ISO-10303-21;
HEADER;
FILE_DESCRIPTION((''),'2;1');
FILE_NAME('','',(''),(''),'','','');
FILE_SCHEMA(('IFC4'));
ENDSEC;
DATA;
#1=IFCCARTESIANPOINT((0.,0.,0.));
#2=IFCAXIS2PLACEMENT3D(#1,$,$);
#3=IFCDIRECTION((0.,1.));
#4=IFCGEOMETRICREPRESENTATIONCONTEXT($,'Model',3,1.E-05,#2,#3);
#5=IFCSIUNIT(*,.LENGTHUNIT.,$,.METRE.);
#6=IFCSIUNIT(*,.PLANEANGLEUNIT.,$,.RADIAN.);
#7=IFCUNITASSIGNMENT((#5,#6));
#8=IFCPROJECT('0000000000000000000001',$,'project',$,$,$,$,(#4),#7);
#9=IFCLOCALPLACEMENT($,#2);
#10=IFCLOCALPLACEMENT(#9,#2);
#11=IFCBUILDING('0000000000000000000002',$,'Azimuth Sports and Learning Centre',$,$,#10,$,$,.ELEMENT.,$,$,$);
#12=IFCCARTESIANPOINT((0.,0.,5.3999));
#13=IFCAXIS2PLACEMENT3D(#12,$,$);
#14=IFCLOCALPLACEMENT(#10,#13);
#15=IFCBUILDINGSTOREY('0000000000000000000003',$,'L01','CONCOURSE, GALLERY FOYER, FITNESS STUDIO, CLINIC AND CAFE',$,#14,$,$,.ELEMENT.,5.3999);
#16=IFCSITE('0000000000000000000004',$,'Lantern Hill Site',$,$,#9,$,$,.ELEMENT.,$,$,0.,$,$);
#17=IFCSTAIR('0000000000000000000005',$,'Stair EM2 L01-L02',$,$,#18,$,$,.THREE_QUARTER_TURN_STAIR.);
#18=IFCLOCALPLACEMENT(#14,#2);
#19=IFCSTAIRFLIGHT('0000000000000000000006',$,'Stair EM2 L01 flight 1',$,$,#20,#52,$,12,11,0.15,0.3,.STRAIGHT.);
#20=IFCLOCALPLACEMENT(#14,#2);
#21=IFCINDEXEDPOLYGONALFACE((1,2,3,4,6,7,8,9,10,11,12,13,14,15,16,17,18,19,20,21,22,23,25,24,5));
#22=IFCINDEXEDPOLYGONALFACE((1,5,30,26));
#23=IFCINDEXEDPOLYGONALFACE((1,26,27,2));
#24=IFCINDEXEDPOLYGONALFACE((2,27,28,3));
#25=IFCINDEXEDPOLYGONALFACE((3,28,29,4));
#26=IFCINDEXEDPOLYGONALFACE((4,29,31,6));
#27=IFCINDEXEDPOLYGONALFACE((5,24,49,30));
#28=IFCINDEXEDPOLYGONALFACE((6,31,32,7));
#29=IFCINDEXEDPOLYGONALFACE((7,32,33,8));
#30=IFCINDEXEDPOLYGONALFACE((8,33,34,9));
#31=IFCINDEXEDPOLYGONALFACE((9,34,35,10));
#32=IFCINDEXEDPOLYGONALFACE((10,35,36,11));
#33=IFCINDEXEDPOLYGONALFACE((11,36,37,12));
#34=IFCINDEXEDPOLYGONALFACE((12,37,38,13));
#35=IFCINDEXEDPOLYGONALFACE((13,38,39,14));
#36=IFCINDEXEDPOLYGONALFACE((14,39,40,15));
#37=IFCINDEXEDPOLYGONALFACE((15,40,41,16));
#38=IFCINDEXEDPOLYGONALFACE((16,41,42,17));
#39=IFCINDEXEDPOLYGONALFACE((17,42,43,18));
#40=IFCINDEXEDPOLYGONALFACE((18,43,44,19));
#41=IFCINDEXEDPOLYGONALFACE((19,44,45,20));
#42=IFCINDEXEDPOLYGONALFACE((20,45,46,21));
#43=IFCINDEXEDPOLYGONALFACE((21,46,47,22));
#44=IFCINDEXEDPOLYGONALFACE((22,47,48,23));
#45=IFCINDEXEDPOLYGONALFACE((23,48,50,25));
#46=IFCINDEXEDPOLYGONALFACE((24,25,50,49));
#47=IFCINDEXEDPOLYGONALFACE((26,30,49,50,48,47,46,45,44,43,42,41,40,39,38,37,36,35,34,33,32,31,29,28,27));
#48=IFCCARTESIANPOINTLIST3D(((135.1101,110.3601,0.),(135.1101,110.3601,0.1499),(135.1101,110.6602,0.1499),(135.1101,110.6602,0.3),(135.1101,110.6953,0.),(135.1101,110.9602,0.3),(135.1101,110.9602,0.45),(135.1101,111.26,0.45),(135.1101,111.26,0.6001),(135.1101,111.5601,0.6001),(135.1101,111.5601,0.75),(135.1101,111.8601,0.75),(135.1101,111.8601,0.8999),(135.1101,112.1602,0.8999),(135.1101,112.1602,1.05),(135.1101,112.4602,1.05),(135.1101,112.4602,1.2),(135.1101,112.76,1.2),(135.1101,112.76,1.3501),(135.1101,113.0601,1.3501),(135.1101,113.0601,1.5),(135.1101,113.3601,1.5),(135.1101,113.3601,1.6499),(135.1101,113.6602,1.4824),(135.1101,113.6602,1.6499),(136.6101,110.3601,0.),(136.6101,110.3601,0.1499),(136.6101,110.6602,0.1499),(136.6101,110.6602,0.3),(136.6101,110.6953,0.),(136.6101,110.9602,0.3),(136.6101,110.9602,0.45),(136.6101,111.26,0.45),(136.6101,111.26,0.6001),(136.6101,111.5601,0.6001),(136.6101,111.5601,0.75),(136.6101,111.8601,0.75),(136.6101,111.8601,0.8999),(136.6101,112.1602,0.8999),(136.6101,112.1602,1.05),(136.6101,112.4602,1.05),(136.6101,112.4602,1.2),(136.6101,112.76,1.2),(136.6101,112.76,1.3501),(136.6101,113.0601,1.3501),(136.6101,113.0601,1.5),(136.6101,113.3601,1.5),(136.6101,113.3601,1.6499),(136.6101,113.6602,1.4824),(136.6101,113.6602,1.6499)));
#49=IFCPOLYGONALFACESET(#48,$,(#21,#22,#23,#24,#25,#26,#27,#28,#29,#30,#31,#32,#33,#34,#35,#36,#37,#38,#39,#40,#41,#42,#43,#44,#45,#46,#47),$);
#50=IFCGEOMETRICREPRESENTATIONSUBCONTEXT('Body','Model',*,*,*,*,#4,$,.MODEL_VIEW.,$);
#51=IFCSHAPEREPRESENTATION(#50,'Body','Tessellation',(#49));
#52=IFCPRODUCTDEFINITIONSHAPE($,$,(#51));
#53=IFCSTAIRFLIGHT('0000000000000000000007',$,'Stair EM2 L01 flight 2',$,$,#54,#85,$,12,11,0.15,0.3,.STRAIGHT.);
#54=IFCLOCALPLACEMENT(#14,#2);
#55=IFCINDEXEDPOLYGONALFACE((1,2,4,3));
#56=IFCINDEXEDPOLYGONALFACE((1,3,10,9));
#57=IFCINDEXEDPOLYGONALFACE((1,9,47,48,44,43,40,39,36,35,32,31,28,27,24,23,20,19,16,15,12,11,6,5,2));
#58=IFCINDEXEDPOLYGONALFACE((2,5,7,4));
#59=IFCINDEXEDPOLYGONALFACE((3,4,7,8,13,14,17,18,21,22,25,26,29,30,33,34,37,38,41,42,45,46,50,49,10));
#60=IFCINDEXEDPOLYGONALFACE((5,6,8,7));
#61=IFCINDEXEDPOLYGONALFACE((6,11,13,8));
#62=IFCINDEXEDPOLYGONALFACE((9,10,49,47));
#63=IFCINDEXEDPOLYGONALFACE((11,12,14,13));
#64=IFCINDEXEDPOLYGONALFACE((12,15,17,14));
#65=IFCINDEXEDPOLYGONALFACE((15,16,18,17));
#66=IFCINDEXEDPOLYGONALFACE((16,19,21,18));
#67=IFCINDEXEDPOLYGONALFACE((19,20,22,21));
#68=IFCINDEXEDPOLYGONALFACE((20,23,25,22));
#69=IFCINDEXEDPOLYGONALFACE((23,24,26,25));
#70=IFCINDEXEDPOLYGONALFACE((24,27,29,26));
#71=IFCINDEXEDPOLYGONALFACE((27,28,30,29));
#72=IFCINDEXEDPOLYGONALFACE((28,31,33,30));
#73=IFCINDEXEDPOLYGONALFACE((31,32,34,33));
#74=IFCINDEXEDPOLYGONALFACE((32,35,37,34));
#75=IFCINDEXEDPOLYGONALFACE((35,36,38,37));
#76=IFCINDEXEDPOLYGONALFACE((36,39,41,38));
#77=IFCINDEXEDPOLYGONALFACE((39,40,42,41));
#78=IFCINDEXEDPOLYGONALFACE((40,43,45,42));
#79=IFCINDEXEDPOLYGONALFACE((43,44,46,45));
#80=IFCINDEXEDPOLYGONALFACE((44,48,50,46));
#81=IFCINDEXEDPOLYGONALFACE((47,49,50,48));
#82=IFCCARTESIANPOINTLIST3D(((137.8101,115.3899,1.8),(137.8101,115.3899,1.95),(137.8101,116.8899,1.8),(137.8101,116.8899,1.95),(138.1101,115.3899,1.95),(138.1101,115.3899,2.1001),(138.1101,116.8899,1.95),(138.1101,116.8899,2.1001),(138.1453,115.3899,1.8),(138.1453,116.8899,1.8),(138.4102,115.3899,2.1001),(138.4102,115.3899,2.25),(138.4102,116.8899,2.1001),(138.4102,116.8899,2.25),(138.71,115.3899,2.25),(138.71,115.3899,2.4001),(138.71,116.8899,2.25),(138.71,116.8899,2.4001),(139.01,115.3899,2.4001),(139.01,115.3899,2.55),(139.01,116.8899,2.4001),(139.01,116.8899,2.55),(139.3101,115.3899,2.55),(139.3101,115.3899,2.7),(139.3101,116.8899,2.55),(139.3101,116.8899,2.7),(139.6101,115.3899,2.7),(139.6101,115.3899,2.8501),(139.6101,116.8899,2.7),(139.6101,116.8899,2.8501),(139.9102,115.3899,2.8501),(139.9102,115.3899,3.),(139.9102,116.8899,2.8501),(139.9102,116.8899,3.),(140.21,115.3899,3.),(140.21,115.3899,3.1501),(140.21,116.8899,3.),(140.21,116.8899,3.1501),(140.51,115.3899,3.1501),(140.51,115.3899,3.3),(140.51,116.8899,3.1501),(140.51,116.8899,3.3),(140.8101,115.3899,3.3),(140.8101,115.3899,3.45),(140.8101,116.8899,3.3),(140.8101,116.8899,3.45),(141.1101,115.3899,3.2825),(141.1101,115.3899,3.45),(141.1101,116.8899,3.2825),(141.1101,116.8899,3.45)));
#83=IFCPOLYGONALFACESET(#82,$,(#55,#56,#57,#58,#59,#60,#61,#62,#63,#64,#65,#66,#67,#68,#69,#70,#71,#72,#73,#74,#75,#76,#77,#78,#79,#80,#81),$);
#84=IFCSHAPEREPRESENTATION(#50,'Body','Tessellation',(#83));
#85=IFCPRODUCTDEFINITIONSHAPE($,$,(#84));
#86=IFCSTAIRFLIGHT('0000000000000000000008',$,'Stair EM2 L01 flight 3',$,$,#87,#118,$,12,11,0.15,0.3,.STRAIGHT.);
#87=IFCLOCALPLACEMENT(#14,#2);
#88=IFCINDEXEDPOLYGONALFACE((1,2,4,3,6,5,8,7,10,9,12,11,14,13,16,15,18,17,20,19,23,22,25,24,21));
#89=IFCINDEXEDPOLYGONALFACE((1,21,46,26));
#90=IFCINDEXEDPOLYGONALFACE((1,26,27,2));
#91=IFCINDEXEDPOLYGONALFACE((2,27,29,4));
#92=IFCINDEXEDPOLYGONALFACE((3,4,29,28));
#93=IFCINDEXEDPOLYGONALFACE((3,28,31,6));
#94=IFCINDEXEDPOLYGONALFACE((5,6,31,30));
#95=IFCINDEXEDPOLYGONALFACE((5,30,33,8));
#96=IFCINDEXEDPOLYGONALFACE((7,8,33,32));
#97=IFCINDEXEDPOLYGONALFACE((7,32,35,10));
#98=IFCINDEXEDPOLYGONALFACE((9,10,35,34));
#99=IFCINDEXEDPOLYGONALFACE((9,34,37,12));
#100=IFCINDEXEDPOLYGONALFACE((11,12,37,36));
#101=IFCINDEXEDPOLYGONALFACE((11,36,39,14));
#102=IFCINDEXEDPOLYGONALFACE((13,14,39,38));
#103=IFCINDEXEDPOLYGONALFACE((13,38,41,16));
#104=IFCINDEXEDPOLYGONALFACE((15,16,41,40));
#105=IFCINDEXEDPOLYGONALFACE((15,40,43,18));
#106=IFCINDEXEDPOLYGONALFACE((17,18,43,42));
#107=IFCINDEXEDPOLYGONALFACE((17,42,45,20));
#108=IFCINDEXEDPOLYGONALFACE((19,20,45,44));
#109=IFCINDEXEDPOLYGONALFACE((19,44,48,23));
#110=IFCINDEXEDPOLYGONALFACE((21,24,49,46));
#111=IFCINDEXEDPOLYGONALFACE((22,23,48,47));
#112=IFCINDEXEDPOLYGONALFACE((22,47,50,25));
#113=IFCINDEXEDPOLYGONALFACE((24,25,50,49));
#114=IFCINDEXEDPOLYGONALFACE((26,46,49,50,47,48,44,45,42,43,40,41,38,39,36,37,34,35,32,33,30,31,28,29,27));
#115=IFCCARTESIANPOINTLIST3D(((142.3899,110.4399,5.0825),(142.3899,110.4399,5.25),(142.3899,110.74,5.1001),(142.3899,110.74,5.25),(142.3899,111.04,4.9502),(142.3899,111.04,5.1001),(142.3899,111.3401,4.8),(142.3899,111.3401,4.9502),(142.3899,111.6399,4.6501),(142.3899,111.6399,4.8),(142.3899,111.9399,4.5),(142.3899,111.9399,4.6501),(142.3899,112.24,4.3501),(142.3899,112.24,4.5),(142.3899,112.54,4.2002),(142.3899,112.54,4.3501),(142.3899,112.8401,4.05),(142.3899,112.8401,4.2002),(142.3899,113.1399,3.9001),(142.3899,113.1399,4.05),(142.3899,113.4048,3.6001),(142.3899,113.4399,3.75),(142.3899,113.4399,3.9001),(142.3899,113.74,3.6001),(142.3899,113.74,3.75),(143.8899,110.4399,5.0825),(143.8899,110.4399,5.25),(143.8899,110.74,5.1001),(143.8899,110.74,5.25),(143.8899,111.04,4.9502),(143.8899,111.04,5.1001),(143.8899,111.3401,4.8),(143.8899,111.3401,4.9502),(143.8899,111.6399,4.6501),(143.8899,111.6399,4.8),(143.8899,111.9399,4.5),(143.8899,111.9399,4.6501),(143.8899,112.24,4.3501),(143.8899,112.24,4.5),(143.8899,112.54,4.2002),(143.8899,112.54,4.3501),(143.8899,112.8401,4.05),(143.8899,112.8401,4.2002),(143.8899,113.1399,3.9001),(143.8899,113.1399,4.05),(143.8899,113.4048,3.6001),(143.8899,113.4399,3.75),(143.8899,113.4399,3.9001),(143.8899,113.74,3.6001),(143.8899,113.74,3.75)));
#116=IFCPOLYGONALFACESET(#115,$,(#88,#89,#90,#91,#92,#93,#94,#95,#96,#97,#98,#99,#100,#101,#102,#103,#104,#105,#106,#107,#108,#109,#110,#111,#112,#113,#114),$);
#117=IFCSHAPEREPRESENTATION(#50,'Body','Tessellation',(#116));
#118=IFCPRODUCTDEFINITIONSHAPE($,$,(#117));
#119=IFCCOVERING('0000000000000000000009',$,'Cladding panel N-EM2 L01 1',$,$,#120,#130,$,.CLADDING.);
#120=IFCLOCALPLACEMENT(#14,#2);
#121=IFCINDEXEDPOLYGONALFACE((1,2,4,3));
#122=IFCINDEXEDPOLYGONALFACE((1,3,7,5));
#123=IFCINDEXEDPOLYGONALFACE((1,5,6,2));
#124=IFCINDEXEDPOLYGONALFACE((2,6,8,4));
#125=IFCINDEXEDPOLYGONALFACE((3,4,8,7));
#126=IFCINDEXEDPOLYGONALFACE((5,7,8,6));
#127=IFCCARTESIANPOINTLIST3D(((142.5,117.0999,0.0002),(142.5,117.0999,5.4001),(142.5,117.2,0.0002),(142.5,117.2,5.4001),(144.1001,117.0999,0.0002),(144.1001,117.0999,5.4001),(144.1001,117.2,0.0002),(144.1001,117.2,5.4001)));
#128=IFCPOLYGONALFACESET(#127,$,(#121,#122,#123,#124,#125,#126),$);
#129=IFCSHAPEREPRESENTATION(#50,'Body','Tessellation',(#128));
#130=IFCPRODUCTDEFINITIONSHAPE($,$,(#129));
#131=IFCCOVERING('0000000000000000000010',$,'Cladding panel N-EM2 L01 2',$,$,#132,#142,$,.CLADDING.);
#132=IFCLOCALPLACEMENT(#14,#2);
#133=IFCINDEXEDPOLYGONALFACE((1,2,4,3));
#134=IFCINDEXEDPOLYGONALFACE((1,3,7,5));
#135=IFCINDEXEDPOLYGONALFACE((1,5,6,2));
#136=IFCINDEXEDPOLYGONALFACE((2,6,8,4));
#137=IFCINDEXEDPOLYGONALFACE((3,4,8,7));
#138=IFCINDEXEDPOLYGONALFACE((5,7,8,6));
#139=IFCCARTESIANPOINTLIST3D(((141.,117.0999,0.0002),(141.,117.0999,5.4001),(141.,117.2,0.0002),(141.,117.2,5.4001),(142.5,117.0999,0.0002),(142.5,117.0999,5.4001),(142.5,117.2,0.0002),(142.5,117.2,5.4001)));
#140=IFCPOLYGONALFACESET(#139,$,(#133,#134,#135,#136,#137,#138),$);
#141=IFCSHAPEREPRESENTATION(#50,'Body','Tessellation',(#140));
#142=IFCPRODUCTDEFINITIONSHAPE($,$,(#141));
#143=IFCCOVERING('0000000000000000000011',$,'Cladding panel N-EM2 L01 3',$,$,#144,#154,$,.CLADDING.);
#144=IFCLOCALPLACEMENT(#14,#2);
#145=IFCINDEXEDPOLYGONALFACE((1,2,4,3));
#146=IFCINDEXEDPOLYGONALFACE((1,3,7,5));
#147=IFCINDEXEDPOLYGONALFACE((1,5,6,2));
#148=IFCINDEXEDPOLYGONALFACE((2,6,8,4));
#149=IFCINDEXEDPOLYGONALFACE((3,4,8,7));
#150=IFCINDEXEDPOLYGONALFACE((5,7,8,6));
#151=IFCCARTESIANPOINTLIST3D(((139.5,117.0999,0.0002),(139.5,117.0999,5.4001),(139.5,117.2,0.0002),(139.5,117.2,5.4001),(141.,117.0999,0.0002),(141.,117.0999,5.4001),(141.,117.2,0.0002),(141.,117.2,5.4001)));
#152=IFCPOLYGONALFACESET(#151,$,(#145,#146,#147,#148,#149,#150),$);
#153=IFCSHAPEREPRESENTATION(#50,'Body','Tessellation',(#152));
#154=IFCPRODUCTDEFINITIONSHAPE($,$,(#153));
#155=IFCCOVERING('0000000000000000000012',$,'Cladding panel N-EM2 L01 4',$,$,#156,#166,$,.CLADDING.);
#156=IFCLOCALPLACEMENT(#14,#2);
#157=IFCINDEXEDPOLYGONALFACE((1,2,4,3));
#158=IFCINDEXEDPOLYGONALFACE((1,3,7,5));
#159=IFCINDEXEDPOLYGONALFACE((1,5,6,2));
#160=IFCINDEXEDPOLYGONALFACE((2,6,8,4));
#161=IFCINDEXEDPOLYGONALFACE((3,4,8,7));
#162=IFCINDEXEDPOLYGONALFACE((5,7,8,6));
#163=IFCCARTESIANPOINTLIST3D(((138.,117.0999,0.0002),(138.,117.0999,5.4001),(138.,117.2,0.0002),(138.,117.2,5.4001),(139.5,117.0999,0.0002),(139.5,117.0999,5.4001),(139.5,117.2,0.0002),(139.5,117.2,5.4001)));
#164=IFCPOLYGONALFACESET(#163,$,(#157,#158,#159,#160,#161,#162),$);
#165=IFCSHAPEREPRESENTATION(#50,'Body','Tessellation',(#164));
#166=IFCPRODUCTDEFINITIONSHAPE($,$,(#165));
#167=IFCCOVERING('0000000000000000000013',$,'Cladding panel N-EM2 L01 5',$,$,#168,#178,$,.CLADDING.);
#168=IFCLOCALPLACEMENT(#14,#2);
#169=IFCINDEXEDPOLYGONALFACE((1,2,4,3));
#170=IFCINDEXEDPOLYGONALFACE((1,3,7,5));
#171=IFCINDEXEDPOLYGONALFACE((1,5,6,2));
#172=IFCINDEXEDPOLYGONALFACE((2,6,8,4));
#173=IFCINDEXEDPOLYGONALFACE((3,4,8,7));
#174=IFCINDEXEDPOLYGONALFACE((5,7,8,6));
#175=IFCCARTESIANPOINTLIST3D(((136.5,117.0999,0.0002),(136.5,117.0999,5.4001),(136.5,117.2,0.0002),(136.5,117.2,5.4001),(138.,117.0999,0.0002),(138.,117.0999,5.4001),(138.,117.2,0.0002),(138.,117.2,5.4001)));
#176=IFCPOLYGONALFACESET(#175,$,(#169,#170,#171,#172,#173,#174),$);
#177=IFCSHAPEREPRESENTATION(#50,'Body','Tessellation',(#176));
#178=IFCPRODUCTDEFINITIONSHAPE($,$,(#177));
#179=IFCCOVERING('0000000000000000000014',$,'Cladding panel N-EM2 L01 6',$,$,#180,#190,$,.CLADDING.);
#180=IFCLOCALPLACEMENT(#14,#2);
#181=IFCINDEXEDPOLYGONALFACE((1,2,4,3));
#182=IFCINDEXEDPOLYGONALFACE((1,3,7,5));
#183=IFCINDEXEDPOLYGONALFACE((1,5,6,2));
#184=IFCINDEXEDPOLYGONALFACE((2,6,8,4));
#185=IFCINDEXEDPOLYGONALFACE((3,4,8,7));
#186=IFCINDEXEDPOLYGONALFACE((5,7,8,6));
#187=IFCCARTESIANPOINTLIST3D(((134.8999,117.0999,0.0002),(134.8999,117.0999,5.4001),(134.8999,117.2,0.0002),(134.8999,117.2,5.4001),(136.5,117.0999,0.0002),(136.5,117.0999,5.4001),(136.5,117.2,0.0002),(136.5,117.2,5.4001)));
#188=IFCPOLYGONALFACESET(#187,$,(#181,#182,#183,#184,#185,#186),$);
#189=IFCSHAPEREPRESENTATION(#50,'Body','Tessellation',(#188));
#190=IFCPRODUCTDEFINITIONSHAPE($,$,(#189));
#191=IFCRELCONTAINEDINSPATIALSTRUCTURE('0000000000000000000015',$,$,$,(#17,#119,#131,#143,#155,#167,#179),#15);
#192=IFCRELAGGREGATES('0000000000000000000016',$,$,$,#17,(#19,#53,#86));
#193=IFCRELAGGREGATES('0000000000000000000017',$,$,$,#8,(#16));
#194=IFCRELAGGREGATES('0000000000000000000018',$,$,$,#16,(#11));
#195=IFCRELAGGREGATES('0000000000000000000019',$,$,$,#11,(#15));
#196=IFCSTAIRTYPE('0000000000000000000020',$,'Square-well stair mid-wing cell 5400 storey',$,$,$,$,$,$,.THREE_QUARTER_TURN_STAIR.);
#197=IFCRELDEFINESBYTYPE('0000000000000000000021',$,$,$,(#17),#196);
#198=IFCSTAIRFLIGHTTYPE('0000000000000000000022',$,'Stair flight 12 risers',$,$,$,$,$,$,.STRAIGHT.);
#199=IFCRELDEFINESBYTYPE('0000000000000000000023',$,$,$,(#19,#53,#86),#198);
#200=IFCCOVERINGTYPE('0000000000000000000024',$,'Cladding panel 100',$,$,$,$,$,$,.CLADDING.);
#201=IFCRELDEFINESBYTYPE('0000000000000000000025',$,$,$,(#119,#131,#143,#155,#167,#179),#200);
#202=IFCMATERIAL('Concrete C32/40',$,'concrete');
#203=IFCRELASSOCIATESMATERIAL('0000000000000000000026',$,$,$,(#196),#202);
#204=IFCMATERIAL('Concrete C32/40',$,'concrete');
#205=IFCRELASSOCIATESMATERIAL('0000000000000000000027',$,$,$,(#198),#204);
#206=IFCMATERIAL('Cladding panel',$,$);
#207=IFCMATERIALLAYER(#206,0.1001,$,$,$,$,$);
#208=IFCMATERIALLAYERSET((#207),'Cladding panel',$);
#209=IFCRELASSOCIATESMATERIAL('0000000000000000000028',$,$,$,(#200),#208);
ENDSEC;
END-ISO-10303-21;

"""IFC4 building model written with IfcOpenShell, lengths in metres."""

from ifc_helpers import new_model, si_unit, direction, frame, origin, origin_2d, place, context, subcontext, project, spatial, polyline, rectangle, outline, extrude, material, layer, layer_set, type_object, element, aggregate, save


model = new_model("IFC4")

# Units and contexts
model_context = context("Model", 3, precision=1e-05, world=origin(), true_north=direction((0.0, 1.0)))
body_context = subcontext(model_context, "Body", "Model", "MODEL_VIEW")
ifc_project = project(units=[si_unit("LENGTHUNIT", "METRE"), si_unit("PLANEANGLEUNIT", "RADIAN")], contexts=[model_context])

# Site, building, storey
site_placement = place(None, origin())
site = spatial("IfcSite", under=ifc_project, at=site_placement, Name="Lantern Hill Site", CompositionType="ELEMENT", RefElevation=0.0)
building_placement = place(site_placement, origin())
building = spatial("IfcBuilding", under=site, at=building_placement, Name="Azimuth Sports and Learning Centre", CompositionType="ELEMENT")
storey_placement = place(building_placement, frame((0.0, 0.0, 5.3999)))
storey = spatial("IfcBuildingStorey", under=building, at=storey_placement, Name="L01", Description="CONCOURSE, GALLERY FOYER, FITNESS STUDIO, CLINIC AND CAFE", CompositionType="ELEMENT", Elevation=5.3999)

# Stair, stair flights
ifc_material_1 = material(Name="Concrete C32/40", Category="concrete")
stair_type = type_object("IfcStairType", Name="Square-well stair mid-wing cell 5400 storey", PredefinedType="THREE_QUARTER_TURN_STAIR", material=ifc_material_1)
stair_placement = place(storey_placement, origin())
stair = element("IfcStair", 1, at=stair_placement, inside=storey, type_object=stair_type, Name="Stair EM2 L01-L02", PredefinedType="THREE_QUARTER_TURN_STAIR")
ifc_material_2 = material(Name="Concrete C32/40", Category="concrete")
stair_flight_type = type_object("IfcStairFlightType", Name="Stair flight 12 risers", PredefinedType="STRAIGHT", material=ifc_material_2)
stair_flight_1_placement = place(storey_placement, frame((135.8601, 110.3601, 0.0), z_axis=(0.0, 0.0, 1.0), x_axis=(0.0, 1.0, 0.0)))
stair_flight_1 = element("IfcStairFlight", 2, at=stair_flight_1_placement, type_object=stair_flight_type, Name="Stair EM2 L01 flight 1", NumberOfRisers=12, NumberOfTreads=11, PredefinedType="STRAIGHT", RiserHeight=0.15, TreadLength=0.3, context=body_context, shape_type="SweptSolid", body=[
    extrude(outline(polyline([(0.0, 0.0), (0.0, 0.1499), (0.3, 0.1499), (0.3, 0.3), (0.6001, 0.3), (0.6001, 0.45), (0.8999, 0.45), (0.8999, 0.6001), (1.2, 0.6001), (1.2, 0.75), (1.5, 0.75), (1.5, 0.8999), (1.8, 0.8999), (1.8, 1.05), (2.1001, 1.05), (2.1001, 1.2), (2.3999, 1.2), (2.3999, 1.3501), (2.7, 1.3501), (2.7, 1.5), (3.0, 1.5), (3.0, 1.6499), (3.3, 1.6499), (3.3, 1.8), (3.3, 1.4824), (0.3352, 0.0), (0.0, 0.0)])), frame((0.0, 0.75, 0.0), z_axis=(0.0, -1.0, 0.0), x_axis=(1.0, 0.0, 0.0)), (0.0, 0.0, 1.0), 1.5),
])
stair_flight_2_placement = place(storey_placement, frame((137.8101, 116.1399, 1.8), z_axis=(0.0, 0.0, 1.0), x_axis=(1.0, 0.0, 0.0)))
stair_flight_2 = element("IfcStairFlight", 3, at=stair_flight_2_placement, type_object=stair_flight_type, Name="Stair EM2 L01 flight 2", NumberOfRisers=12, NumberOfTreads=11, PredefinedType="STRAIGHT", RiserHeight=0.15, TreadLength=0.3, context=body_context, shape_type="SweptSolid", body=[
    extrude(outline(polyline([(0.0, 0.0), (0.0, 0.1499), (0.3, 0.1499), (0.3, 0.3), (0.6001, 0.3), (0.6001, 0.45), (0.8999, 0.45), (0.8999, 0.6001), (1.2, 0.6001), (1.2, 0.75), (1.5, 0.75), (1.5, 0.8999), (1.8, 0.8999), (1.8, 1.05), (2.1001, 1.05), (2.1001, 1.2), (2.3999, 1.2), (2.3999, 1.3501), (2.7, 1.3501), (2.7, 1.5), (3.0, 1.5), (3.0, 1.6499), (3.3, 1.6499), (3.3, 1.8), (3.3, 1.4824), (0.3352, 0.0), (0.0, 0.0)])), frame((0.0, 0.75, 0.0), z_axis=(0.0, -1.0, 0.0), x_axis=(1.0, 0.0, 0.0)), (0.0, 0.0, 1.0), 1.5),
])
stair_flight_3_placement = place(storey_placement, frame((143.1399, 113.74, 3.6001), z_axis=(0.0, 0.0, 1.0), x_axis=(0.0, -1.0, 0.0)))
stair_flight_3 = element("IfcStairFlight", 4, at=stair_flight_3_placement, type_object=stair_flight_type, Name="Stair EM2 L01 flight 3", NumberOfRisers=12, NumberOfTreads=11, PredefinedType="STRAIGHT", RiserHeight=0.15, TreadLength=0.3, context=body_context, shape_type="SweptSolid", body=[
    extrude(outline(polyline([(0.0, 0.0), (0.0, 0.1499), (0.3, 0.1499), (0.3, 0.3), (0.6001, 0.3), (0.6001, 0.45), (0.8999, 0.45), (0.8999, 0.6001), (1.2, 0.6001), (1.2, 0.75), (1.5, 0.75), (1.5, 0.8999), (1.8, 0.8999), (1.8, 1.05), (2.1001, 1.05), (2.1001, 1.2), (2.3999, 1.2), (2.3999, 1.3501), (2.7, 1.3501), (2.7, 1.5), (3.0, 1.5), (3.0, 1.6499), (3.3, 1.6499), (3.3, 1.8), (3.3, 1.4824), (0.3352, 0.0), (0.0, 0.0)])), frame((0.0, 0.75, 0.0), z_axis=(0.0, -1.0, 0.0), x_axis=(1.0, 0.0, 0.0)), (0.0, 0.0, 1.0), 1.5),
])
aggregate(stair, [stair_flight_1, stair_flight_2, stair_flight_3])

# Coverings
ifc_material_3 = material(Name="Cladding panel")
ifc_layer_1 = layer(ifc_material_3, 0.1001)
ifc_layer_set_1 = layer_set([ifc_layer_1], Name="Cladding panel")
covering_type = type_object("IfcCoveringType", Name="Cladding panel 100", PredefinedType="CLADDING", material=ifc_layer_set_1)
covering_1_placement = place(storey_placement, frame((143.3, 117.1499, 0.0002), z_axis=(0.0, 0.0, 1.0), x_axis=(-1.0, 0.0, 0.0)))
element("IfcCovering", 5, at=covering_1_placement, inside=storey, type_object=covering_type, Name="Cladding panel N-EM2 L01 1", PredefinedType="CLADDING", context=body_context, shape_type="SweptSolid", body=[
    extrude(rectangle(XDim=1.6001, YDim=0.1001, at=origin_2d()), origin(), (0.0, 0.0, 1.0), 5.3999),
])
for number, where, z_axis, x_axis, name in (
    (6, (141.75, 117.1499, 0.0002), (0.0, 0.0, 1.0), (-1.0, 0.0, 0.0), "Cladding panel N-EM2 L01 2"),
    (7, (140.25, 117.1499, 0.0002), (0.0, 0.0, 1.0), (-1.0, 0.0, 0.0), "Cladding panel N-EM2 L01 3"),
    (8, (138.75, 117.1499, 0.0002), (0.0, 0.0, 1.0), (-1.0, 0.0, 0.0), "Cladding panel N-EM2 L01 4"),
    (9, (137.25, 117.1499, 0.0002), (0.0, 0.0, 1.0), (-1.0, 0.0, 0.0), "Cladding panel N-EM2 L01 5"),
):
    element("IfcCovering", number, at=place(storey_placement, frame(where, z_axis=z_axis, x_axis=x_axis)), inside=storey, type_object=covering_type, Name=name, PredefinedType="CLADDING", context=body_context, shape_type="SweptSolid", body=[
        extrude(rectangle(XDim=1.5, YDim=0.1001, at=origin_2d()), origin(), (0.0, 0.0, 1.0), 5.3999),
    ])
covering_2_placement = place(storey_placement, frame((135.7, 117.1499, 0.0002), z_axis=(0.0, 0.0, 1.0), x_axis=(-1.0, 0.0, 0.0)))
element("IfcCovering", 10, at=covering_2_placement, inside=storey, type_object=covering_type, Name="Cladding panel N-EM2 L01 6", PredefinedType="CLADDING", context=body_context, shape_type="SweptSolid", body=[
    extrude(rectangle(XDim=1.6001, YDim=0.1001, at=origin_2d()), origin(), (0.0, 0.0, 1.0), 5.3999),
])

save(model, "model.ifc")
